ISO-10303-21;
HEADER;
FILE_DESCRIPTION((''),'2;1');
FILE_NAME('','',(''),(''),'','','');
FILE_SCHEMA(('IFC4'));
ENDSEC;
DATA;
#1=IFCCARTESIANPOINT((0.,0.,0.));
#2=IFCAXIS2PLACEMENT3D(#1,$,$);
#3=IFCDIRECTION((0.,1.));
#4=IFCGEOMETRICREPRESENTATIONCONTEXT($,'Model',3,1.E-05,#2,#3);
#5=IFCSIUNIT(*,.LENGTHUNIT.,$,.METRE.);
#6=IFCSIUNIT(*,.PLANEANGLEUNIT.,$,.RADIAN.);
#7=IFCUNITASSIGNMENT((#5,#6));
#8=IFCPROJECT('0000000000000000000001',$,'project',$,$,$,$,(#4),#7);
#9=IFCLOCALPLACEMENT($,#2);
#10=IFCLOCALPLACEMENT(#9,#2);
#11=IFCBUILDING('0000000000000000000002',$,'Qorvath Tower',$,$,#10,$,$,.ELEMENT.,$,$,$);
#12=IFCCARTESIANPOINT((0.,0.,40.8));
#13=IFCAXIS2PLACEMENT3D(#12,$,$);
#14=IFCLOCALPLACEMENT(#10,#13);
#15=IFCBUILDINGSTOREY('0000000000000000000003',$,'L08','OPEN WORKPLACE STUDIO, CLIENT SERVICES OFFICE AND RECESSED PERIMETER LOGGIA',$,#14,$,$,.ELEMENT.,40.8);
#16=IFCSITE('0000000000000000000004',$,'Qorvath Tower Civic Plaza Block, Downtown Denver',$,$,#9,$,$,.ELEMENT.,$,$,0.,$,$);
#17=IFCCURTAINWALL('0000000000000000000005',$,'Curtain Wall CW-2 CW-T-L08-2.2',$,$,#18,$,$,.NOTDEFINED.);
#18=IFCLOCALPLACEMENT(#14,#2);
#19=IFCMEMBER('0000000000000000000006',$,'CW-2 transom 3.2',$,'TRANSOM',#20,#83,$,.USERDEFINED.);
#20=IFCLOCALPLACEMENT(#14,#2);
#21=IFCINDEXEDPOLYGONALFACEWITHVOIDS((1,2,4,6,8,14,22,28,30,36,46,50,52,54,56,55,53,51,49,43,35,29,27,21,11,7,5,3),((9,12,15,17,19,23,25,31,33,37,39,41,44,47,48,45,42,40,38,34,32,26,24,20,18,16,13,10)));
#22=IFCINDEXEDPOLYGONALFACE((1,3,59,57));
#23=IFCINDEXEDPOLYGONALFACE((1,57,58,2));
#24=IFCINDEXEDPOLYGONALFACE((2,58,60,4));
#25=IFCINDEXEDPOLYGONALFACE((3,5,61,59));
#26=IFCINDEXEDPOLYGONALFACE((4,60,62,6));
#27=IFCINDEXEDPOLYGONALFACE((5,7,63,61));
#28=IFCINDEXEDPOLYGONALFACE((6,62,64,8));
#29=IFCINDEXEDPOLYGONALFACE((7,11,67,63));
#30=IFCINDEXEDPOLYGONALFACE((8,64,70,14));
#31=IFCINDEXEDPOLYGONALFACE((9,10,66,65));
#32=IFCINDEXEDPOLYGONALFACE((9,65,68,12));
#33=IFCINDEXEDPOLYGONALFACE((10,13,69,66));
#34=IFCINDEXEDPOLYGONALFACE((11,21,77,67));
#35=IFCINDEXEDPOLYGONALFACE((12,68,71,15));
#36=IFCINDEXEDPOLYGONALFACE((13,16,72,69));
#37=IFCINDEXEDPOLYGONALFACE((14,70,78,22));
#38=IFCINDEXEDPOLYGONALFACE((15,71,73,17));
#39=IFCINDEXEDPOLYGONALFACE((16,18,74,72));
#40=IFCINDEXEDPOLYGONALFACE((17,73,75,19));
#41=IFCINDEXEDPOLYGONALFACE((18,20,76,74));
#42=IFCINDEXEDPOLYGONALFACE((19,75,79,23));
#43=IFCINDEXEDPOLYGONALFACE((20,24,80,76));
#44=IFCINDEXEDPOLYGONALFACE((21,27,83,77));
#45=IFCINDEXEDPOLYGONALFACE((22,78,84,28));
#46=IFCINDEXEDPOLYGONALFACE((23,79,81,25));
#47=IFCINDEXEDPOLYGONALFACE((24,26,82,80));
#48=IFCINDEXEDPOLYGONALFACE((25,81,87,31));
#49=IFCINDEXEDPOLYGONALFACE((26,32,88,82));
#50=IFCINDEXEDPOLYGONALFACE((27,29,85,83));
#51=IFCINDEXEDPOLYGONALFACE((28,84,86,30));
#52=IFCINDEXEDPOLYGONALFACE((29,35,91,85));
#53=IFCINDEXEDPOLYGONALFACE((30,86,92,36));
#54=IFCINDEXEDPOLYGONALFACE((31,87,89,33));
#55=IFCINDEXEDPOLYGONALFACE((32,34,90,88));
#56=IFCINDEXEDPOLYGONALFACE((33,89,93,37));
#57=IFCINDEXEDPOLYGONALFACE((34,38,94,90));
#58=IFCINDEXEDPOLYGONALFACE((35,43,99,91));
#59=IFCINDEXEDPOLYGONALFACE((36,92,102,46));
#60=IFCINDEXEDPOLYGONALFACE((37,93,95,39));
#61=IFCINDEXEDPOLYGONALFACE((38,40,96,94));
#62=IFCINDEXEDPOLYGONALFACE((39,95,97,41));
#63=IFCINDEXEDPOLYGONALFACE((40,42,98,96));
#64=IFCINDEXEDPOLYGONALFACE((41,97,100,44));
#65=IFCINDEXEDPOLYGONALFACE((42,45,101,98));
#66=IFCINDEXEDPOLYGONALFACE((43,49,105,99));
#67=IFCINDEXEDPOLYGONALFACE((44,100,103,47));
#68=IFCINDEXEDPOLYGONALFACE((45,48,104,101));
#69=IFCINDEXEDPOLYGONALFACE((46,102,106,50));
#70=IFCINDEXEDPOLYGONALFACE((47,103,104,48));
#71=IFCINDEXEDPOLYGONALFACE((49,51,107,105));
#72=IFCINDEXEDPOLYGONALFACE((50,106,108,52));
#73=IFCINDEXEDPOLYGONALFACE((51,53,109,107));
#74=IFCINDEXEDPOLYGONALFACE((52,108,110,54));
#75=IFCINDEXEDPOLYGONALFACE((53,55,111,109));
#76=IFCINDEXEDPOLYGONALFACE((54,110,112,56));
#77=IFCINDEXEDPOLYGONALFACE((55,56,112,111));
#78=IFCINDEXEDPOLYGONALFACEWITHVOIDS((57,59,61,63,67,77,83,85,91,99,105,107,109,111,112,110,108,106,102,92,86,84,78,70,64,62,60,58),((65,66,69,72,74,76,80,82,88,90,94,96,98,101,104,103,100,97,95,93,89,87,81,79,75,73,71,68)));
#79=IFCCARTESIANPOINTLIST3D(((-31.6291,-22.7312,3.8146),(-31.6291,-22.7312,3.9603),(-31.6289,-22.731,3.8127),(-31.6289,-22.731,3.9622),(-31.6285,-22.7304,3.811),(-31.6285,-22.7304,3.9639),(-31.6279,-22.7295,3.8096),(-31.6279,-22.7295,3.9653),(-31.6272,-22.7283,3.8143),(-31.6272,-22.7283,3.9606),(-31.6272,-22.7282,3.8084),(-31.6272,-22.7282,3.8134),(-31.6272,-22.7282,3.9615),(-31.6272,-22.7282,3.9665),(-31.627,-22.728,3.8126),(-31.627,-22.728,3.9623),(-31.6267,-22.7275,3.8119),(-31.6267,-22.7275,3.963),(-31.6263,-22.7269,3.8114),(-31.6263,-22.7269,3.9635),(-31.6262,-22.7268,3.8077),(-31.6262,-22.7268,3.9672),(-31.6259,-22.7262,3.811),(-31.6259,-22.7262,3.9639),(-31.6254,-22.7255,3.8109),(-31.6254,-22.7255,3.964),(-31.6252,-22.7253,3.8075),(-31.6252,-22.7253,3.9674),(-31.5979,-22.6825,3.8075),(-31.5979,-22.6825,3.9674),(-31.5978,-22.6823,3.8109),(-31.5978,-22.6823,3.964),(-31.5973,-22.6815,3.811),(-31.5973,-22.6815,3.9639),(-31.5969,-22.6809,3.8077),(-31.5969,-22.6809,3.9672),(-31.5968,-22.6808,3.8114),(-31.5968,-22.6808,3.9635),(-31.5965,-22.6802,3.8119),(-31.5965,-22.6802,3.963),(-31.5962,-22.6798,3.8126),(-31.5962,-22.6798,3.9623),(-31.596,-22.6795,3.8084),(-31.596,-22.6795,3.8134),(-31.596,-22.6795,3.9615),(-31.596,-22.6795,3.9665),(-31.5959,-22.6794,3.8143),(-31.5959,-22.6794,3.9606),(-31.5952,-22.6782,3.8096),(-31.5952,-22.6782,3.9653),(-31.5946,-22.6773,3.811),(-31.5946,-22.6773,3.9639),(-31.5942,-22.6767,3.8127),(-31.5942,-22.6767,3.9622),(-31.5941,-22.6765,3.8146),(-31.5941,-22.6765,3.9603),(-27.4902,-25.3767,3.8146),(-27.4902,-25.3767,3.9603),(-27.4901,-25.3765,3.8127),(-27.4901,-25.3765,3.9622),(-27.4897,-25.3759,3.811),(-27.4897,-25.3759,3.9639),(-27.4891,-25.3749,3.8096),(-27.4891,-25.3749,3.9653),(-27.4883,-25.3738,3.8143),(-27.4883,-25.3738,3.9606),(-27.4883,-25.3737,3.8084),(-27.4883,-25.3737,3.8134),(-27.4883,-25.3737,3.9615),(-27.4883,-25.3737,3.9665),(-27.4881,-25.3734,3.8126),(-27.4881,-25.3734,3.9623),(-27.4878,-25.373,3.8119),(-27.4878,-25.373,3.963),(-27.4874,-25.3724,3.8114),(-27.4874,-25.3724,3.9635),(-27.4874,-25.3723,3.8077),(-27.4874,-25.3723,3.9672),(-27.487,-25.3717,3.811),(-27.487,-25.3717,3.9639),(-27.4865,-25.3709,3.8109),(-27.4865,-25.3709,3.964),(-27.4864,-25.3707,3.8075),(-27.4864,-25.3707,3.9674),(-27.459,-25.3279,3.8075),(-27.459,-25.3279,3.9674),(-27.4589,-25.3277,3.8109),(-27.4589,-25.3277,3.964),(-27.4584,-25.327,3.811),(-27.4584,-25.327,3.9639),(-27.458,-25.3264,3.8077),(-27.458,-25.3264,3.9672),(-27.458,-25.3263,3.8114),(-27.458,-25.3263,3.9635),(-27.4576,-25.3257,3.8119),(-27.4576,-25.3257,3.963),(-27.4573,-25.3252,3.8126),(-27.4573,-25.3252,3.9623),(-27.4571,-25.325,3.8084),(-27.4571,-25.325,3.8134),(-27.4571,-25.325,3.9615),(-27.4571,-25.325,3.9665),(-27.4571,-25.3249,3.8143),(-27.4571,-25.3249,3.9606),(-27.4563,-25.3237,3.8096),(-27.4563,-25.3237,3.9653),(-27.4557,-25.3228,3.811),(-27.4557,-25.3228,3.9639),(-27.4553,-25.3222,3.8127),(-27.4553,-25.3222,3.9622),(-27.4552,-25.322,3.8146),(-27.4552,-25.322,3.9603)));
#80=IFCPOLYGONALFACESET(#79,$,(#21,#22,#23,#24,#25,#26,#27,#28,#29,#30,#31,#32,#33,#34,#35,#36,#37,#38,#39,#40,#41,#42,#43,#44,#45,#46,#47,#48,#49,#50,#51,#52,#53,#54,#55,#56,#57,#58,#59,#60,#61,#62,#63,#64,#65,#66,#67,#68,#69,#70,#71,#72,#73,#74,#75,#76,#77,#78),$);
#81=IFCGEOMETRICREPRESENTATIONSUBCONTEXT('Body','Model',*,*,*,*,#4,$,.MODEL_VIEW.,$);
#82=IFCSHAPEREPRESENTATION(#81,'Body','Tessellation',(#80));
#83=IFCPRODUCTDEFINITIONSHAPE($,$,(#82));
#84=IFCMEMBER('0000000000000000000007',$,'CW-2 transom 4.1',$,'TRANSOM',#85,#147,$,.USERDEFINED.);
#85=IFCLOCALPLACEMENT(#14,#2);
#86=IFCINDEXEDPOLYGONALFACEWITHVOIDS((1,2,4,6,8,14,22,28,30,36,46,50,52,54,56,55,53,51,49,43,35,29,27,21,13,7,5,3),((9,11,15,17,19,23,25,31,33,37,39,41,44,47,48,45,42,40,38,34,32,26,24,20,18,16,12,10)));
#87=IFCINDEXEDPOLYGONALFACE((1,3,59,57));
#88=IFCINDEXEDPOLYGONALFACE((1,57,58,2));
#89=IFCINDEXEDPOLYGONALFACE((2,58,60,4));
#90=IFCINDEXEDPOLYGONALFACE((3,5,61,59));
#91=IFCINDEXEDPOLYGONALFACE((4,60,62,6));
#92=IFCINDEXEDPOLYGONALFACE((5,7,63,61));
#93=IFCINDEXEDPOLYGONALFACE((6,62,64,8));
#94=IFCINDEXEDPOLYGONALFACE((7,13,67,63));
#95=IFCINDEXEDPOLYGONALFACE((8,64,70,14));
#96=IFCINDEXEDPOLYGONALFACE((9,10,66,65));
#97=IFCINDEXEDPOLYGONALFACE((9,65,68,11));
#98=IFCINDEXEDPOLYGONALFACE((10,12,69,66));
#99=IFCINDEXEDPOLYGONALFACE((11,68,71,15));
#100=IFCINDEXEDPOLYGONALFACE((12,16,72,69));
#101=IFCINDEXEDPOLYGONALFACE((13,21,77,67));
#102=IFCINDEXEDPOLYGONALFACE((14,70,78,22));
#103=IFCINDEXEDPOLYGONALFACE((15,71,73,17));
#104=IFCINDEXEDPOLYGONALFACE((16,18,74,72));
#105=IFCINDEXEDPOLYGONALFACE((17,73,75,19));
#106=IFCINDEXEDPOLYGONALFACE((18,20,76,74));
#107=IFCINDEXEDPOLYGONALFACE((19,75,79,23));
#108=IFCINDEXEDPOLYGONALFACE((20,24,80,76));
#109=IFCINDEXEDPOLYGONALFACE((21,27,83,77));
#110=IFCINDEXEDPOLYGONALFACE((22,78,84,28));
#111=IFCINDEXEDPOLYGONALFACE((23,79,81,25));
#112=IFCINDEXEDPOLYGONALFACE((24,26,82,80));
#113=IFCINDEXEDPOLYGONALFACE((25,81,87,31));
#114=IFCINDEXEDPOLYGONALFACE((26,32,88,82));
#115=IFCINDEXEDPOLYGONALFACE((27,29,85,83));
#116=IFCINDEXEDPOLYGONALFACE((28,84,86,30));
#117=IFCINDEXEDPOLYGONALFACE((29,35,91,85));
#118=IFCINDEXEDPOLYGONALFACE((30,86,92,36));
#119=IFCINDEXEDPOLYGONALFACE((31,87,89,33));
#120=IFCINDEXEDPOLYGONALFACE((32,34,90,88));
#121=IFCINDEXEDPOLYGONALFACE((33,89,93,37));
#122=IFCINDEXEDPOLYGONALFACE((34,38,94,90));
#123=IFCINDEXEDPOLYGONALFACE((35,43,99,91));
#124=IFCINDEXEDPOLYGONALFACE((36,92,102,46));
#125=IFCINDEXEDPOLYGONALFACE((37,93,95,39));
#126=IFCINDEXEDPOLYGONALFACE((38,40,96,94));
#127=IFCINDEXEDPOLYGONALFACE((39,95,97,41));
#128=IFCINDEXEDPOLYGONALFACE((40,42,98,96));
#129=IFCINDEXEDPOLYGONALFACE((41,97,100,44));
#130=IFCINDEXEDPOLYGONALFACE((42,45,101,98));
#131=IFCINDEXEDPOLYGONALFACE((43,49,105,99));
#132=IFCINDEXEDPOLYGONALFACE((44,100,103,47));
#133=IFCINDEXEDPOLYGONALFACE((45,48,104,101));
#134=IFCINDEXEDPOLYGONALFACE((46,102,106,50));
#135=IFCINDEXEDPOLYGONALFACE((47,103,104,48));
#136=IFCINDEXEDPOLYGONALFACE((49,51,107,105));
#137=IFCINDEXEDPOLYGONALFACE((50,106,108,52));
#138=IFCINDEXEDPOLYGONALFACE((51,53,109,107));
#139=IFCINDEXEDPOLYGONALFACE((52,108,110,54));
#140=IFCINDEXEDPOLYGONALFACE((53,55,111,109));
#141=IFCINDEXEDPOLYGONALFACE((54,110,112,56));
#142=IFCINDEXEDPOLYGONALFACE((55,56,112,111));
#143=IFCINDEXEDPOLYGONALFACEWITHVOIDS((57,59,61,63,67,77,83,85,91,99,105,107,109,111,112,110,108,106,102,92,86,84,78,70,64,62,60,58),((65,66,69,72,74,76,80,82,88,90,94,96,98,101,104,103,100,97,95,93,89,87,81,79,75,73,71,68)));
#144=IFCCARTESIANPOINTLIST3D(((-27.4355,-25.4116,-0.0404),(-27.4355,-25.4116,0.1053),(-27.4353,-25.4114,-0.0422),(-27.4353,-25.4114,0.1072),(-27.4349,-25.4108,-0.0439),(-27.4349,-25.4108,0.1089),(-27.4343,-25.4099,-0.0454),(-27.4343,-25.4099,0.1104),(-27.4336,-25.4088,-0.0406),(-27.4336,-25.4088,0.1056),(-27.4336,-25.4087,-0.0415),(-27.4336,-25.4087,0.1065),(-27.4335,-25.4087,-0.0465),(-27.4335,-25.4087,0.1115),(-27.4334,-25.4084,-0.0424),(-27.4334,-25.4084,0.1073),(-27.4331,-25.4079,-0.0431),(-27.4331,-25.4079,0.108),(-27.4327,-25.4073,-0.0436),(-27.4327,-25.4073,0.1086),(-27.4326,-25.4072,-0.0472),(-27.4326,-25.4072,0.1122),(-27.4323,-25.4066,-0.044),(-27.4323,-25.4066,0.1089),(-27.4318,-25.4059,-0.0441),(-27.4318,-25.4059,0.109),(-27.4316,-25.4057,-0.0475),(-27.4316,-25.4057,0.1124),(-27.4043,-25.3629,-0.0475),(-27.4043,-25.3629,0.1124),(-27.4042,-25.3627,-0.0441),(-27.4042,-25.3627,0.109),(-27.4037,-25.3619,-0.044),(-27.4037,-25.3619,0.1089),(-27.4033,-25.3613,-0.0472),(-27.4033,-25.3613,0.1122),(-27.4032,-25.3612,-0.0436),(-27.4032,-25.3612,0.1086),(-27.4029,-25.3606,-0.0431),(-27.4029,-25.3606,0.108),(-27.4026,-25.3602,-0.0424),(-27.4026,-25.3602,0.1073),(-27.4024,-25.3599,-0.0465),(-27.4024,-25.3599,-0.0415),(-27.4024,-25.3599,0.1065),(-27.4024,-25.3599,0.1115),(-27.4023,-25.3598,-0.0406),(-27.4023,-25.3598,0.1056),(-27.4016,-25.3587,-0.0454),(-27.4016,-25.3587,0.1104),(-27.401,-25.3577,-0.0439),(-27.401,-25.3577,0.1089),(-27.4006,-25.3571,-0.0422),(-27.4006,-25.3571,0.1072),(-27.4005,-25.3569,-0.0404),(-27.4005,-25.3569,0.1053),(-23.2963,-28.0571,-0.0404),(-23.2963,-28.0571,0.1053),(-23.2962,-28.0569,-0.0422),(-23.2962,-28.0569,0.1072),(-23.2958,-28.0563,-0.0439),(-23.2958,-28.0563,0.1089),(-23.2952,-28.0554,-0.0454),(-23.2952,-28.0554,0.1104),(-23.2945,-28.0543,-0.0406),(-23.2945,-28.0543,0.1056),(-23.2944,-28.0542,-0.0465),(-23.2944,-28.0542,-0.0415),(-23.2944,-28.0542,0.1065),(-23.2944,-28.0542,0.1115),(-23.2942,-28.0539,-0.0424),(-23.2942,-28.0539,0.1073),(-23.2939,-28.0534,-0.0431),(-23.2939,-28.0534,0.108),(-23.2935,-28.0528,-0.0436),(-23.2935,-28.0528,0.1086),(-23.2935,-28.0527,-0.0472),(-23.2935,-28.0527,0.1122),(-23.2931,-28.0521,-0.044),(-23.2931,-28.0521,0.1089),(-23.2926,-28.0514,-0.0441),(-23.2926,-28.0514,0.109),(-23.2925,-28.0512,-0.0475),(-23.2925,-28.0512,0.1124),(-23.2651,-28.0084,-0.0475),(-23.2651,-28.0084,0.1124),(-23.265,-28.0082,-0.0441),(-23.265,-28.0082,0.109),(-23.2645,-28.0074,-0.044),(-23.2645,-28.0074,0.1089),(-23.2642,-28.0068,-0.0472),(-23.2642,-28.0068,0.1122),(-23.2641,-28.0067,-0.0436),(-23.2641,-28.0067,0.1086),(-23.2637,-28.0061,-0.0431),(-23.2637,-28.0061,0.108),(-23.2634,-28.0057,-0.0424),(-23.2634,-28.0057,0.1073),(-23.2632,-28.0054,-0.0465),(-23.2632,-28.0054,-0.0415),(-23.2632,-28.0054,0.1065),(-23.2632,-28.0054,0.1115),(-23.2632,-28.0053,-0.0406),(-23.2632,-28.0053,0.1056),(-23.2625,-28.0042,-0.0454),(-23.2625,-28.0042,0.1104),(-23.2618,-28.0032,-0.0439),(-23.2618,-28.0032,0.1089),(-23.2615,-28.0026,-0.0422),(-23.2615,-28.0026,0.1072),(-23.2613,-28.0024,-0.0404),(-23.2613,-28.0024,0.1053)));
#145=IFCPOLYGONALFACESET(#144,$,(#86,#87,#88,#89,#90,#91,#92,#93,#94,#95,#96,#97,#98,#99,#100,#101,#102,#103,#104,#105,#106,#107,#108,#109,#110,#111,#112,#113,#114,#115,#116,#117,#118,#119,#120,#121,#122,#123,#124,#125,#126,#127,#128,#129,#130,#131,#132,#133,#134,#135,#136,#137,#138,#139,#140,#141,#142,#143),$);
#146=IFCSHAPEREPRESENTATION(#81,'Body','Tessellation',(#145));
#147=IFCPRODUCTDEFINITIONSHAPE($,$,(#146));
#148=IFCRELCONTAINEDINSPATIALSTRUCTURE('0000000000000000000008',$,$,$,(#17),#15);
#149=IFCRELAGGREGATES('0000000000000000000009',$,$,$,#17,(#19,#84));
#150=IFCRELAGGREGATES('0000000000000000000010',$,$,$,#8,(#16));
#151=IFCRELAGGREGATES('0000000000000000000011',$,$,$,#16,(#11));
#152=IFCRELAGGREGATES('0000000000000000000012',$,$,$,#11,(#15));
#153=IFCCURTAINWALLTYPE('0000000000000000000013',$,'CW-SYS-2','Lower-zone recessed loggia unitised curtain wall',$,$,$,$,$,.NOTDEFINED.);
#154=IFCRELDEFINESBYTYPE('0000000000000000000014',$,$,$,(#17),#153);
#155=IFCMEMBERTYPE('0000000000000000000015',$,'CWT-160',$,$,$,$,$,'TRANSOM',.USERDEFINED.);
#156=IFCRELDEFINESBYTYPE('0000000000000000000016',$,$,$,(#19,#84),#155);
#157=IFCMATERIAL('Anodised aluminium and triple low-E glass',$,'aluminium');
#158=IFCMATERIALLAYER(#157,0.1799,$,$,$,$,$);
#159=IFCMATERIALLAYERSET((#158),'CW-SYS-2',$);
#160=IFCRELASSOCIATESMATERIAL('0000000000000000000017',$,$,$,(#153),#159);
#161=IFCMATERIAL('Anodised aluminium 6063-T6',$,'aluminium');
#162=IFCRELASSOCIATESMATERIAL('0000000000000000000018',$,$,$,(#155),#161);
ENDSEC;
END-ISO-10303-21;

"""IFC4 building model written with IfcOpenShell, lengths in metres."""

from ifc_helpers import new_model, si_unit, direction, frame, origin, origin_2d, place, context, subcontext, project, spatial, hollow_rectangle, extrude, material, layer, layer_set, material_profile, profile_set, type_object, element, aggregate, save


model = new_model("IFC4")

# Units and contexts
model_context = context("Model", 3, precision=1e-05, world=origin(), true_north=direction((0.0, 1.0)))
body_context = subcontext(model_context, "Body", "Model", "MODEL_VIEW")
ifc_project = project(units=[si_unit("LENGTHUNIT", "METRE"), si_unit("PLANEANGLEUNIT", "RADIAN")], contexts=[model_context])

# Site, building, storey
site_placement = place(None, origin())
site = spatial("IfcSite", under=ifc_project, at=site_placement, Name="Qorvath Tower Civic Plaza Block, Downtown Denver", CompositionType="ELEMENT", RefElevation=0.0)
building_placement = place(site_placement, origin())
building = spatial("IfcBuilding", under=site, at=building_placement, Name="Qorvath Tower", CompositionType="ELEMENT")
storey_placement = place(building_placement, frame((0.0, 0.0, 40.8)))
storey = spatial("IfcBuildingStorey", under=building, at=storey_placement, Name="L08", Description="OPEN WORKPLACE STUDIO, CLIENT SERVICES OFFICE AND RECESSED PERIMETER LOGGIA", CompositionType="ELEMENT", Elevation=40.8)

# Curtain wall, members
ifc_material_1 = material(Name="Anodised aluminium and triple low-E glass", Category="aluminium")
ifc_layer_1 = layer(ifc_material_1, 0.1799)
ifc_layer_set_1 = layer_set([ifc_layer_1], Name="CW-SYS-2")
curtain_wall_type = type_object("IfcCurtainWallType", Name="CW-SYS-2", Description="Lower-zone recessed loggia unitised curtain wall", PredefinedType="NOTDEFINED", material=ifc_layer_set_1)
curtain_wall_placement = place(storey_placement, origin())
curtain_wall = element("IfcCurtainWall", 1, at=curtain_wall_placement, inside=storey, type_object=curtain_wall_type, Name="Curtain Wall CW-2 CW-T-L08-2.2", PredefinedType="NOTDEFINED")
ifc_material_2 = material(Name="Anodised aluminium 6063-T6", Category="aluminium")
ifc_material_profile_1 = material_profile(ifc_material_2, hollow_rectangle(XDim=0.0649, YDim=0.1599, WallThickness=0.0034, InnerFilletRadius=0.0034, OuterFilletRadius=0.0071, at=origin_2d()), Name="CWT 160x65")
ifc_profile_set_1 = profile_set([ifc_material_profile_1], Name="Anodised aluminium 6063-T6")
member_type_1 = type_object("IfcMemberType", Name="CWT-160", ElementType="TRANSOM", PredefinedType="USERDEFINED", material=ifc_profile_set_1)
member_1_placement = place(storey_placement, frame((-31.6116, -22.7039, 3.8875), z_axis=(0.842585, -0.538563, 0.0), x_axis=(0.538563, 0.842585, 0.0)))
member_1 = element("IfcMember", 2, at=member_1_placement, type_object=member_type_1, Name="CW-2 transom 3.2", ObjectType="TRANSOM", PredefinedType="USERDEFINED", context=body_context, shape_type="SweptSolid", body=[
    extrude(hollow_rectangle(XDim=0.0649, YDim=0.1599, WallThickness=0.0034, InnerFilletRadius=0.0034, OuterFilletRadius=0.0071, at=origin_2d()), origin(), (0.0, 0.0, 1.0), 4.9121),
])
member_2_placement = place(storey_placement, frame((-27.418, -25.3843, 0.0325), z_axis=(0.8426, -0.53854, 0.0), x_axis=(0.53854, 0.8426, 0.0)))
member_2 = element("IfcMember", 3, at=member_2_placement, type_object=member_type_1, Name="CW-2 transom 4.1", ObjectType="TRANSOM", PredefinedType="USERDEFINED", context=body_context, shape_type="SweptSolid", body=[
    extrude(hollow_rectangle(XDim=0.0649, YDim=0.1599, WallThickness=0.0034, InnerFilletRadius=0.0034, OuterFilletRadius=0.0071, at=origin_2d()), origin(), (0.0, 0.0, 1.0), 4.9124),
])
aggregate(curtain_wall, [member_1, member_2])

save(model, "model.ifc")
